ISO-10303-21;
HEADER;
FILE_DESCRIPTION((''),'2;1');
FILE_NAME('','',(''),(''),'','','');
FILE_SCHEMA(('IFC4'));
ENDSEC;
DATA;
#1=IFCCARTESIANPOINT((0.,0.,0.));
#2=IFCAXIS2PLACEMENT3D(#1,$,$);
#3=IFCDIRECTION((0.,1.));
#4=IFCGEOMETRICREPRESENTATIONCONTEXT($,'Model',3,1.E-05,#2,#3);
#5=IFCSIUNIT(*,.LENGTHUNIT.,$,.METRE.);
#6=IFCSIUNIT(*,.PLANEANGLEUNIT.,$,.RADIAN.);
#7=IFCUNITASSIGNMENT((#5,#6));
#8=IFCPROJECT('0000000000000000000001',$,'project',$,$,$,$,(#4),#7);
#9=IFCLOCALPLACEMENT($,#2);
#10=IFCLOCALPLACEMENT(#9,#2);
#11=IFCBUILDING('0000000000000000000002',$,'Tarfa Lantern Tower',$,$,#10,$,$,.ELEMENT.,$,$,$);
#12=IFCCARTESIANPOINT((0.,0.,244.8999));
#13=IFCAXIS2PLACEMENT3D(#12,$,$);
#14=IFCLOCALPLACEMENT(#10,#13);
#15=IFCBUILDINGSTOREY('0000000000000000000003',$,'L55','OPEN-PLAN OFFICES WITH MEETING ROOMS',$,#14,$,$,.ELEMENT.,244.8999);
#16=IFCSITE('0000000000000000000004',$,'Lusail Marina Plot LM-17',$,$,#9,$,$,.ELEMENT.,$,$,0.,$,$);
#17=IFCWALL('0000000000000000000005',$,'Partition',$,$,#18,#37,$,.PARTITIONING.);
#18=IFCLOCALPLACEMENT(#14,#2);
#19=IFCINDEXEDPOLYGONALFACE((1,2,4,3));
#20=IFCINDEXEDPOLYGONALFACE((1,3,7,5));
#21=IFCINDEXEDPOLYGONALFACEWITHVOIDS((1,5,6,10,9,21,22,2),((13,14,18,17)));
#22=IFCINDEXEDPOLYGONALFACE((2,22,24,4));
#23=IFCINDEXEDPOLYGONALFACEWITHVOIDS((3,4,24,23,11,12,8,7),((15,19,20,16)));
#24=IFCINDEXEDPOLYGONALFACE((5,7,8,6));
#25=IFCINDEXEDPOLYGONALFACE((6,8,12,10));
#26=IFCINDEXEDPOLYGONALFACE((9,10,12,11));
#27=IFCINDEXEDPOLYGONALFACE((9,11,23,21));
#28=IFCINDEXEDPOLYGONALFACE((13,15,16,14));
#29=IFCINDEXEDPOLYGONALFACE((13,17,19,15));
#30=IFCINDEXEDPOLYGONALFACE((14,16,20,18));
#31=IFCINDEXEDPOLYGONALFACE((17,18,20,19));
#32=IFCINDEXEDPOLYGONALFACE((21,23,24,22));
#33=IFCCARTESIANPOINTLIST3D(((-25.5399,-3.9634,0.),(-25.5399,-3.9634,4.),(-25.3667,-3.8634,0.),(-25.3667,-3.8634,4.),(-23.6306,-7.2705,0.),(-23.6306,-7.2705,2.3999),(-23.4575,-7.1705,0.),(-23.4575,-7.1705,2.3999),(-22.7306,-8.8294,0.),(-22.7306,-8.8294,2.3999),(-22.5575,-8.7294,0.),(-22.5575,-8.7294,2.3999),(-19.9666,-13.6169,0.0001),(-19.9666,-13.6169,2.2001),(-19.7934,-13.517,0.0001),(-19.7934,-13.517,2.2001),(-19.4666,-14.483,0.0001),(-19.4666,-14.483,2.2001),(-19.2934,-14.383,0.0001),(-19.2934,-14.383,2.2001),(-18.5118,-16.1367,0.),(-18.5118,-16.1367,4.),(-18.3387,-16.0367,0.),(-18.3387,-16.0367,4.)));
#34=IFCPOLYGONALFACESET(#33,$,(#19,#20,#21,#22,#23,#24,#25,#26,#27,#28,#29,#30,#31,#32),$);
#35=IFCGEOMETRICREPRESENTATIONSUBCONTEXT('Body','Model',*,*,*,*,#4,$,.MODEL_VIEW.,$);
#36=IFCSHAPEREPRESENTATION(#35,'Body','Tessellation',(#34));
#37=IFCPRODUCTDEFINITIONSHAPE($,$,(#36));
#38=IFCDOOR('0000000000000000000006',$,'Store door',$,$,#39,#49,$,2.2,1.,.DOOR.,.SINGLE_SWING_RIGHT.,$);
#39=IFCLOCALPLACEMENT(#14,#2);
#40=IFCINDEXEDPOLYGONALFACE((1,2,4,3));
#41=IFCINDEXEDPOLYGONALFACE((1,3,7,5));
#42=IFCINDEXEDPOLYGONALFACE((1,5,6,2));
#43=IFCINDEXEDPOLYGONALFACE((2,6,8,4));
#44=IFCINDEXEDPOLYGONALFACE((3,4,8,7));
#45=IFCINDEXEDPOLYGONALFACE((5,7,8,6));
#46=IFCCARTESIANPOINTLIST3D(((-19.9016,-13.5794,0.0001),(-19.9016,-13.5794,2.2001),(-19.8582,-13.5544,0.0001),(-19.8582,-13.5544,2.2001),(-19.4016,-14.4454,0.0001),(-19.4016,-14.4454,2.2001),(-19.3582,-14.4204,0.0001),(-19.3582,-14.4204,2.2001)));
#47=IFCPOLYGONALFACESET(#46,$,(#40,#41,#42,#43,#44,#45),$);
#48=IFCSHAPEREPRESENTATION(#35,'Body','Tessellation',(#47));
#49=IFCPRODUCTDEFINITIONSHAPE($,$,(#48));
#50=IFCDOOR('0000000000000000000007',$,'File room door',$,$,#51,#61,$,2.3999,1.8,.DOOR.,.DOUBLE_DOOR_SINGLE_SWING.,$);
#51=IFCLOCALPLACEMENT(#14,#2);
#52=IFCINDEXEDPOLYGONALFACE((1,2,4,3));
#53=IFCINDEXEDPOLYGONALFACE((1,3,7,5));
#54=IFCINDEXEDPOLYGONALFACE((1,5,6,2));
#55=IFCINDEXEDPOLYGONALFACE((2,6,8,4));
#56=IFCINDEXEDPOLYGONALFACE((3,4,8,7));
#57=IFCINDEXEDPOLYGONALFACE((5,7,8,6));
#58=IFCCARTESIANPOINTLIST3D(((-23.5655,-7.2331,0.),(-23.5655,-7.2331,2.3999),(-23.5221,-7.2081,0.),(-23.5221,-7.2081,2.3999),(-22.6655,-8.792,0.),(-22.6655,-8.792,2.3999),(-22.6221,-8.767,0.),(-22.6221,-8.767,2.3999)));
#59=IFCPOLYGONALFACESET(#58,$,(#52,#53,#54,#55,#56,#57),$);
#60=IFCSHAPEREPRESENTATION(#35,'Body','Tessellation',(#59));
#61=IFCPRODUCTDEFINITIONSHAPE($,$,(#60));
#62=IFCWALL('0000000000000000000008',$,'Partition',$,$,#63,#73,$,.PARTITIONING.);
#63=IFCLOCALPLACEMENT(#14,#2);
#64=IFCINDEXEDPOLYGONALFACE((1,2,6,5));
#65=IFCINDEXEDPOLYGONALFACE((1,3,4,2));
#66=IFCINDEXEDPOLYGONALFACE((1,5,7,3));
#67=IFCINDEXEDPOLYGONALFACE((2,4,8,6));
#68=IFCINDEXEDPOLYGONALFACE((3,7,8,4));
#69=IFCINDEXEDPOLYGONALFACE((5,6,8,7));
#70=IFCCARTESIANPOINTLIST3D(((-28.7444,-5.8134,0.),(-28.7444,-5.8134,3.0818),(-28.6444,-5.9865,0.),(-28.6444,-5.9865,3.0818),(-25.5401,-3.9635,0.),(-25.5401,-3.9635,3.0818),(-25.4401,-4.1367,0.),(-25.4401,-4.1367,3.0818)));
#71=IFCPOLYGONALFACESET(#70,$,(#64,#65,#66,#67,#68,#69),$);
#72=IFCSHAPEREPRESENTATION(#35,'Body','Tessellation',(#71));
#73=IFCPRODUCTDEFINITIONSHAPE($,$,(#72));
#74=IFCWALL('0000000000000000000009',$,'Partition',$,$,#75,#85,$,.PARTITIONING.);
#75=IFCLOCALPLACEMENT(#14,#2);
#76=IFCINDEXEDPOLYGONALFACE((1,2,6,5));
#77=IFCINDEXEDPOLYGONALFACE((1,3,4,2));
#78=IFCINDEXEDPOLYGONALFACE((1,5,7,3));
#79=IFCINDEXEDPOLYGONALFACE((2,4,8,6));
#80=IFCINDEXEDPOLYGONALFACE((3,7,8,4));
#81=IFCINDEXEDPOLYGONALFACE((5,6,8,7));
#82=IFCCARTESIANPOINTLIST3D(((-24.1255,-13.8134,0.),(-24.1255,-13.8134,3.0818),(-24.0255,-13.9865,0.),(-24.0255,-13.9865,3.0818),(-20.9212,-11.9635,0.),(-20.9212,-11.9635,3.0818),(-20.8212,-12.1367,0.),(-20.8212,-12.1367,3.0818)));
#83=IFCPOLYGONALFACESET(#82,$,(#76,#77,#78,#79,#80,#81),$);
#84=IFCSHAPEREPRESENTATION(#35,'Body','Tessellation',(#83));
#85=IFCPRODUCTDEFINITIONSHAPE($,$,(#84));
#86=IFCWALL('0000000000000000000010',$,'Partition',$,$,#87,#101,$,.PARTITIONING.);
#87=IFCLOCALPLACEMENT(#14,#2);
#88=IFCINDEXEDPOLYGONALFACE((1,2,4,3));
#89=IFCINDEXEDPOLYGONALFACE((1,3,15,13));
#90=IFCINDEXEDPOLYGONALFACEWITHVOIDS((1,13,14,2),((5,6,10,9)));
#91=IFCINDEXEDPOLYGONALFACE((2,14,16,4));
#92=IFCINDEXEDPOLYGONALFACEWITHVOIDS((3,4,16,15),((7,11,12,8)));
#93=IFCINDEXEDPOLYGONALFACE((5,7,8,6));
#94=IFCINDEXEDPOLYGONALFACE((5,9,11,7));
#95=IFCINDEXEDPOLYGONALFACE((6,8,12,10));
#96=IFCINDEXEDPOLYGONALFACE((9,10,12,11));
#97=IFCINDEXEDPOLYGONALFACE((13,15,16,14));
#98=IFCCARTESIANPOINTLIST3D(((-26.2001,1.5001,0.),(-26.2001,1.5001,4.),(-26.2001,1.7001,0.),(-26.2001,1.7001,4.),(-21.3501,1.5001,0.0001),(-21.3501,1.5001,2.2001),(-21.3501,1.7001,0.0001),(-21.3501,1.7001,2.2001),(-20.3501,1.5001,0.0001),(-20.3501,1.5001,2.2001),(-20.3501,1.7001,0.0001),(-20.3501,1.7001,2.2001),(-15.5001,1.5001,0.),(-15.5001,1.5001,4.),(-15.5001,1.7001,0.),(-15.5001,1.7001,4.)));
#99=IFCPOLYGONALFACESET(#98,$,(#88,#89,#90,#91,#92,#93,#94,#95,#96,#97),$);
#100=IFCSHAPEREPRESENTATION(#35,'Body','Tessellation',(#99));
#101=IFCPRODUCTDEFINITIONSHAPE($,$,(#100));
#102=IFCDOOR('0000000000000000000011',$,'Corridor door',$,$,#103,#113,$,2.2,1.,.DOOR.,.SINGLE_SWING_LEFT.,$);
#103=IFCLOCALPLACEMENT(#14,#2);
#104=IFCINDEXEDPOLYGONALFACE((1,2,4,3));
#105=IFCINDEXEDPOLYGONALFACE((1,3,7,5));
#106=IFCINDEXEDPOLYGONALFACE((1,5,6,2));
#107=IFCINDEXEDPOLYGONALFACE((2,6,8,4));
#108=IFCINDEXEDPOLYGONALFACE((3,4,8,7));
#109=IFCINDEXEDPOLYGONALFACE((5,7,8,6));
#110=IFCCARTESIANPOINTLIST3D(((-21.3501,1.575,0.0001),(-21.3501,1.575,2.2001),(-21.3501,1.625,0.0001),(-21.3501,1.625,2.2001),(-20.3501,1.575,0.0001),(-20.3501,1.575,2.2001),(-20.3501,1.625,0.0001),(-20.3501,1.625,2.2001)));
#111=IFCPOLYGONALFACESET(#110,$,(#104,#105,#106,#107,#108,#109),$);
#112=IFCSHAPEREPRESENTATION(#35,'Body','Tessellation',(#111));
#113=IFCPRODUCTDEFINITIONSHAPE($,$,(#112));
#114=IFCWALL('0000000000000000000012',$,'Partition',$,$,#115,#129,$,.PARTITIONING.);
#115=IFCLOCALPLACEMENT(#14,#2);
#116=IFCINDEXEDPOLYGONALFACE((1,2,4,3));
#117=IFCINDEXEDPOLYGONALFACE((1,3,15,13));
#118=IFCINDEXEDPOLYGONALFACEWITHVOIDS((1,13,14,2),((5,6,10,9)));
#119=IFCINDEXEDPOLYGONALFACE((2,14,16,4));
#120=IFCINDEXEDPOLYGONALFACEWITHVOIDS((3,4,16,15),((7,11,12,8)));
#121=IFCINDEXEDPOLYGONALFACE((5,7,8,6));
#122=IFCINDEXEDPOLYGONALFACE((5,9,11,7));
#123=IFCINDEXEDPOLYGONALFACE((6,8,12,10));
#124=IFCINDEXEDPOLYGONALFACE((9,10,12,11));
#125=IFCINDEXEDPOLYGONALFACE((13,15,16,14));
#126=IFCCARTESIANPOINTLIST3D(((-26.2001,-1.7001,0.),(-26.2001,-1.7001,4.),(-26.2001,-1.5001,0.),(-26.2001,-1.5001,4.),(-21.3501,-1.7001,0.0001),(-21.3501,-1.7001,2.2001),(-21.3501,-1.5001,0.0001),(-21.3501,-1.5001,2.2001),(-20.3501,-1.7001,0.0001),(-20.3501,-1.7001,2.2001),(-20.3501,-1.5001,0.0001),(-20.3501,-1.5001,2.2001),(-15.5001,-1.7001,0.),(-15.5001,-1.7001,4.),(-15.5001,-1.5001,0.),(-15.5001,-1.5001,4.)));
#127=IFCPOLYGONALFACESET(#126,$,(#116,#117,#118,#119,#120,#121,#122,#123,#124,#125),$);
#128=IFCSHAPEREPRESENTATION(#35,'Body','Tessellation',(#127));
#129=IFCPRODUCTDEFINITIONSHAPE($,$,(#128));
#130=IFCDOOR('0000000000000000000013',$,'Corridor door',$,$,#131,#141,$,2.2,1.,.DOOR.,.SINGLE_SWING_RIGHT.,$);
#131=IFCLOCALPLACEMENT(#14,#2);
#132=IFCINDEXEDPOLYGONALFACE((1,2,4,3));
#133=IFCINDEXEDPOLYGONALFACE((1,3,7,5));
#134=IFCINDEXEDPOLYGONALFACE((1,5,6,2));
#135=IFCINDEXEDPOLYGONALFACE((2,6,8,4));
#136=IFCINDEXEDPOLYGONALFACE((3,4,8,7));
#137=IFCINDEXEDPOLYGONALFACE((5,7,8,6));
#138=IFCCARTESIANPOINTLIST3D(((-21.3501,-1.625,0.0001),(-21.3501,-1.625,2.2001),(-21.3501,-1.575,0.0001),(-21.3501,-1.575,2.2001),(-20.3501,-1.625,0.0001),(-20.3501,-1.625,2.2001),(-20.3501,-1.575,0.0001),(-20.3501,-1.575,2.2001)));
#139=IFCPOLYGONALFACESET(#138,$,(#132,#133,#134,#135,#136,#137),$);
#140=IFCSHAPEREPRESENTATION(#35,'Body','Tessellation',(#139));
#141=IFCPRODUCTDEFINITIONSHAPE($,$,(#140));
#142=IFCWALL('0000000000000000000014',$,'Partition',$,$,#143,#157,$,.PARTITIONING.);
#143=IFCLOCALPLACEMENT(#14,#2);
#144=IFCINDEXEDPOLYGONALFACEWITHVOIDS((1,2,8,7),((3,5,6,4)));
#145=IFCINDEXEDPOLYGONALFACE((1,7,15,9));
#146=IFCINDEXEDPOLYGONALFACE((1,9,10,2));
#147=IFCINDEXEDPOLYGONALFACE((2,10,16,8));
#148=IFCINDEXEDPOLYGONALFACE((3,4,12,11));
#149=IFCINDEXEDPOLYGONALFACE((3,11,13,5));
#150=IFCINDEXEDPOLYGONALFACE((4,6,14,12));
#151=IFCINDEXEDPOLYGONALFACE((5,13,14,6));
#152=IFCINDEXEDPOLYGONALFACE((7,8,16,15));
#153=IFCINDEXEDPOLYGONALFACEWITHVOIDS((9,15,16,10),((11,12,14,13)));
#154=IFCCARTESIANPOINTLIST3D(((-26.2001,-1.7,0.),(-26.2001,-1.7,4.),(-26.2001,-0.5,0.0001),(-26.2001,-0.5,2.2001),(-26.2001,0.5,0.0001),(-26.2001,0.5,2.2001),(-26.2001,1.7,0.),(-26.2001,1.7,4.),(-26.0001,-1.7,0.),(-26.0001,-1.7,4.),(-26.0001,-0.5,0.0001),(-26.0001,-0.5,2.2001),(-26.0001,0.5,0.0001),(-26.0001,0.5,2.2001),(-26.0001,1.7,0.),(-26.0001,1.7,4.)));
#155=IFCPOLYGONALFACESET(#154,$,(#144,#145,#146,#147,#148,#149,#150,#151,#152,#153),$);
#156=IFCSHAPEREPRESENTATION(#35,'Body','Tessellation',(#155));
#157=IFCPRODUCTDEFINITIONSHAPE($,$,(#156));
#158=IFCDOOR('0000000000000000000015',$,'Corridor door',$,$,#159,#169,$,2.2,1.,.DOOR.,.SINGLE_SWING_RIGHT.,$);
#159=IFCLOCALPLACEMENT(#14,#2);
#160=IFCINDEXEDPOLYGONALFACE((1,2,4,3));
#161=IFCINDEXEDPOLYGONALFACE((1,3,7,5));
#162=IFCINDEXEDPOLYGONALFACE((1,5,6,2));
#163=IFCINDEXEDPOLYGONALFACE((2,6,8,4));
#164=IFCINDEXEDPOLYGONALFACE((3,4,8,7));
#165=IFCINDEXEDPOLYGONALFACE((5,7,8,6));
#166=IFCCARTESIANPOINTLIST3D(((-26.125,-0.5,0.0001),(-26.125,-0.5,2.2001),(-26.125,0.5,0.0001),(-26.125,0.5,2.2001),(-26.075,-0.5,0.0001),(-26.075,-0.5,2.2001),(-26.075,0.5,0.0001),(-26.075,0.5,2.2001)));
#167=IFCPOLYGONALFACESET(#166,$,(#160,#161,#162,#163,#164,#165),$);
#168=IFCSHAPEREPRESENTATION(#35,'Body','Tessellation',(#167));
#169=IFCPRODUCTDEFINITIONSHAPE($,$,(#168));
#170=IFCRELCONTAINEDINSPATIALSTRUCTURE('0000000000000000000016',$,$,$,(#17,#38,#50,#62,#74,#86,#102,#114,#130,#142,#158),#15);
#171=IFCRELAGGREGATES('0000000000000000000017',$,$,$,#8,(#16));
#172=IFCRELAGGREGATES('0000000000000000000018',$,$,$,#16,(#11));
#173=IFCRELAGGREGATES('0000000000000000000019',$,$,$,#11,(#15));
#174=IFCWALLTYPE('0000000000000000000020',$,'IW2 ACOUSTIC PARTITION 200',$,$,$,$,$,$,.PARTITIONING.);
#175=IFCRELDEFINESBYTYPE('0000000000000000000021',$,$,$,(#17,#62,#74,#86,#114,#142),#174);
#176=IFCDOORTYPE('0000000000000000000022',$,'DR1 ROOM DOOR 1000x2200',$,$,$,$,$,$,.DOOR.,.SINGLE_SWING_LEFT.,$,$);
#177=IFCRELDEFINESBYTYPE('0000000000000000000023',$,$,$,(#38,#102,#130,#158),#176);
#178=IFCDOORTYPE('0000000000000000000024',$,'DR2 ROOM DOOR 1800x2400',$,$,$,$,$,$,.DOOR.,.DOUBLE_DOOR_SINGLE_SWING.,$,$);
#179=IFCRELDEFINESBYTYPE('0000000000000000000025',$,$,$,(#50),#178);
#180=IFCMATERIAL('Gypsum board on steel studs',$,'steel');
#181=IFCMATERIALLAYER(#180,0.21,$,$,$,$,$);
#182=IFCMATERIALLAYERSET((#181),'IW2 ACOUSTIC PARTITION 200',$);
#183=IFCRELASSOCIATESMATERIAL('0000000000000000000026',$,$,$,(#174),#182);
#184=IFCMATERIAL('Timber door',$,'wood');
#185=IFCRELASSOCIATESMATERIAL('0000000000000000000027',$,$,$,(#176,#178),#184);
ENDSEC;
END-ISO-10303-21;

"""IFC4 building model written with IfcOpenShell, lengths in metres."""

from ifc_helpers import new_model, si_unit, direction, frame, frame_2d, origin, place, context, subcontext, project, spatial, rectangle, extrude, material, layer, layer_set, type_object, element, fill, save


model = new_model("IFC4")

# Units and contexts
model_context = context("Model", 3, precision=1e-05, world=origin(), true_north=direction((0.0, 1.0)))
body_context = subcontext(model_context, "Body", "Model", "MODEL_VIEW")
ifc_project = project(units=[si_unit("LENGTHUNIT", "METRE"), si_unit("PLANEANGLEUNIT", "RADIAN")], contexts=[model_context])

# Site, building, storey
site_placement = place(None, origin())
site = spatial("IfcSite", under=ifc_project, at=site_placement, Name="Lusail Marina Plot LM-17", CompositionType="ELEMENT", RefElevation=0.0)
building_placement = place(site_placement, origin())
building = spatial("IfcBuilding", under=site, at=building_placement, Name="Tarfa Lantern Tower", CompositionType="ELEMENT")
storey_placement = place(building_placement, frame((0.0, 0.0, 244.8999)))
storey = spatial("IfcBuildingStorey", under=building, at=storey_placement, Name="L55", Description="OPEN-PLAN OFFICES WITH MEETING ROOMS", CompositionType="ELEMENT", Elevation=244.8999)

# Wall, openings, doors
ifc_material_1 = material(Name="Gypsum board on steel studs", Category="steel")
ifc_layer_1 = layer(ifc_material_1, 0.21)
ifc_layer_set_1 = layer_set([ifc_layer_1], Name="IW2 ACOUSTIC PARTITION 200")
wall_type_1 = type_object("IfcWallType", Name="IW2 ACOUSTIC PARTITION 200", PredefinedType="PARTITIONING", material=ifc_layer_set_1)
wall_1_placement = place(storey_placement, frame((-25.4534, -3.9133, 0.0), z_axis=(0.0, 0.0, 1.0), x_axis=(0.499989, -0.866032, 0.0)))
wall_1 = element("IfcWall", 1, at=wall_1_placement, inside=storey, type_object=wall_type_1, Name="Partition", PredefinedType="PARTITIONING", context=body_context, shape_type="SweptSolid", body=[
    extrude(rectangle(XDim=14.0564, YDim=0.2, at=frame_2d((7.0283, 0.0))), origin(), (0.0, 0.0, 1.0), 4.0),
])
opening_1_placement = place(wall_1_placement, frame((3.8188, 0.0, 0.0)))
opening_1 = element("IfcOpeningElement", 2, at=opening_1_placement, cuts=wall_1, PredefinedType="OPENING", context=body_context, shape_type="SweptSolid", body=[
    extrude(rectangle(XDim=1.8, YDim=2.3999, at=frame_2d((0.8999, 1.2))), frame((0.0, 0.1099, 0.0), z_axis=(0.0, -1.0, 0.0), x_axis=(1.0, 0.0, 0.0)), (0.0, 0.0, 1.0), 0.22),
])
opening_2_placement = place(wall_1_placement, frame((11.147, 0.0, 0.0)))
opening_2 = element("IfcOpeningElement", 3, at=opening_2_placement, cuts=wall_1, PredefinedType="OPENING", context=body_context, shape_type="SweptSolid", body=[
    extrude(rectangle(XDim=1.0, YDim=2.2, at=frame_2d((0.5, 1.1001))), frame((0.0, 0.1099, 0.0), z_axis=(0.0, -1.0, 0.0), x_axis=(1.0, 0.0, 0.0)), (0.0, 0.0, 1.0), 0.22),
])
ifc_material_2 = material(Name="Timber door", Category="wood")
door_type_1 = type_object("IfcDoorType", Name="DR1 ROOM DOOR 1000x2200", OperationType="SINGLE_SWING_LEFT", PredefinedType="DOOR", material=ifc_material_2)
door_1_placement = place(opening_2_placement, frame((1.0, 0.0, 0.0), z_axis=(0.0, 0.0, 1.0), x_axis=(-1.0, 0.0, 0.0)))
door_1 = element("IfcDoor", 4, at=door_1_placement, inside=storey, type_object=door_type_1, Name="Store door", OperationType="SINGLE_SWING_RIGHT", OverallHeight=2.2, OverallWidth=1.0, PredefinedType="DOOR", context=body_context, shape_type="SweptSolid", body=[
    extrude(rectangle(XDim=1.0, YDim=2.2, at=frame_2d((0.5, 1.1001))), frame((0.0, 0.0249, 0.0), z_axis=(0.0, -1.0, 0.0), x_axis=(1.0, 0.0, 0.0)), (0.0, 0.0, 1.0), 0.05),
])
fill(opening_2, door_1)
door_type_2 = type_object("IfcDoorType", Name="DR2 ROOM DOOR 1800x2400", OperationType="DOUBLE_DOOR_SINGLE_SWING", PredefinedType="DOOR", material=ifc_material_2)
door_2_placement = place(opening_1_placement, frame((1.8, 0.0, 0.0), z_axis=(0.0, 0.0, 1.0), x_axis=(-1.0, 0.0, 0.0)))
door_2 = element("IfcDoor", 5, at=door_2_placement, inside=storey, type_object=door_type_2, Name="File room door", OperationType="DOUBLE_DOOR_SINGLE_SWING", OverallHeight=2.3999, OverallWidth=1.8, PredefinedType="DOOR", context=body_context, shape_type="SweptSolid", body=[
    extrude(rectangle(XDim=1.8, YDim=2.3999, at=frame_2d((0.8999, 1.2))), frame((0.0, 0.0249, 0.0), z_axis=(0.0, -1.0, 0.0), x_axis=(1.0, 0.0, 0.0)), (0.0, 0.0, 1.0), 0.05),
])
fill(opening_1, door_2)

# Walls
for number, where, z_axis, x_axis, name in (
    (6, (-25.49, -4.05, 0.0), (0.0, 0.0, 1.0), (-0.866046, -0.499964, 0.0), "Partition"),
    (7, (-20.8711, -12.05, 0.0), (0.0, 0.0, 1.0), (-0.866046, -0.499964, 0.0), "Partition"),
):
    element("IfcWall", number, at=place(storey_placement, frame(where, z_axis=z_axis, x_axis=x_axis)), inside=storey, type_object=wall_type_1, Name=name, PredefinedType="PARTITIONING", context=body_context, shape_type="SweptSolid", body=[
        extrude(rectangle(XDim=3.7, YDim=0.2, at=frame_2d((1.8501, 0.0))), origin(), (0.0, 0.0, 1.0), 3.0818),
    ])

# Walls, openings, doors
wall_2_placement = place(storey_placement, frame((-15.5, 1.6001, 0.0), z_axis=(0.0, 0.0, 1.0), x_axis=(-1.0, 0.0, 0.0)))
wall_2 = element("IfcWall", 8, at=wall_2_placement, inside=storey, type_object=wall_type_1, Name="Partition", PredefinedType="PARTITIONING", context=body_context, shape_type="SweptSolid", body=[
    extrude(rectangle(XDim=10.7, YDim=0.2, at=frame_2d((5.3501, 0.0))), origin(), (0.0, 0.0, 1.0), 4.0),
])
opening_3_placement = place(wall_2_placement, frame((4.8501, 0.0, 0.0)))
opening_3 = element("IfcOpeningElement", 9, at=opening_3_placement, cuts=wall_2, PredefinedType="OPENING", context=body_context, shape_type="SweptSolid", body=[
    extrude(rectangle(XDim=1.0, YDim=2.2, at=frame_2d((0.5, 1.1001))), frame((0.0, 0.1099, 0.0), z_axis=(0.0, -1.0, 0.0), x_axis=(1.0, 0.0, 0.0)), (0.0, 0.0, 1.0), 0.22),
])
door_3_placement = place(opening_3_placement, frame((1.0, 0.0, 0.0), z_axis=(0.0, 0.0, 1.0), x_axis=(-1.0, 0.0, 0.0)))
door_3 = element("IfcDoor", 10, at=door_3_placement, inside=storey, type_object=door_type_1, Name="Corridor door", OperationType="SINGLE_SWING_LEFT", OverallHeight=2.2, OverallWidth=1.0, PredefinedType="DOOR", context=body_context, shape_type="SweptSolid", body=[
    extrude(rectangle(XDim=1.0, YDim=2.2, at=frame_2d((0.5, 1.1001))), frame((0.0, 0.0249, 0.0), z_axis=(0.0, -1.0, 0.0), x_axis=(1.0, 0.0, 0.0)), (0.0, 0.0, 1.0), 0.05),
])
fill(opening_3, door_3)
wall_3_placement = place(storey_placement, frame((-15.5, -1.6001, 0.0), z_axis=(0.0, 0.0, 1.0), x_axis=(-1.0, 0.0, 0.0)))
wall_3 = element("IfcWall", 11, at=wall_3_placement, inside=storey, type_object=wall_type_1, Name="Partition", PredefinedType="PARTITIONING", context=body_context, shape_type="SweptSolid", body=[
    extrude(rectangle(XDim=10.7, YDim=0.2, at=frame_2d((5.3501, 0.0))), origin(), (0.0, 0.0, 1.0), 4.0),
])
opening_4_placement = place(wall_3_placement, frame((4.8501, 0.0, 0.0)))
opening_4 = element("IfcOpeningElement", 12, at=opening_4_placement, cuts=wall_3, PredefinedType="OPENING", context=body_context, shape_type="SweptSolid", body=[
    extrude(rectangle(XDim=1.0, YDim=2.2, at=frame_2d((0.5, 1.1001))), frame((0.0, 0.1099, 0.0), z_axis=(0.0, -1.0, 0.0), x_axis=(1.0, 0.0, 0.0)), (0.0, 0.0, 1.0), 0.22),
])
door_4_placement = place(opening_4_placement, origin())
door_4 = element("IfcDoor", 13, at=door_4_placement, inside=storey, type_object=door_type_1, Name="Corridor door", OperationType="SINGLE_SWING_RIGHT", OverallHeight=2.2, OverallWidth=1.0, PredefinedType="DOOR", context=body_context, shape_type="SweptSolid", body=[
    extrude(rectangle(XDim=1.0, YDim=2.2, at=frame_2d((0.5, 1.1001))), frame((0.0, 0.0249, 0.0), z_axis=(0.0, -1.0, 0.0), x_axis=(1.0, 0.0, 0.0)), (0.0, 0.0, 1.0), 0.05),
])
fill(opening_4, door_4)
wall_4_placement = place(storey_placement, frame((-26.1001, -1.7, 0.0), z_axis=(0.0, 0.0, 1.0), x_axis=(0.0, 1.0, 0.0)))
wall_4 = element("IfcWall", 14, at=wall_4_placement, inside=storey, type_object=wall_type_1, Name="Partition", PredefinedType="PARTITIONING", context=body_context, shape_type="SweptSolid", body=[
    extrude(rectangle(XDim=3.3999, YDim=0.2, at=frame_2d((1.7, 0.0))), origin(), (0.0, 0.0, 1.0), 4.0),
])
opening_5_placement = place(wall_4_placement, frame((1.2, 0.0, 0.0)))
opening_5 = element("IfcOpeningElement", 15, at=opening_5_placement, cuts=wall_4, PredefinedType="OPENING", context=body_context, shape_type="SweptSolid", body=[
    extrude(rectangle(XDim=1.0, YDim=2.2, at=frame_2d((0.5, 1.1001))), frame((0.0, 0.1099, 0.0), z_axis=(0.0, -1.0, 0.0), x_axis=(1.0, 0.0, 0.0)), (0.0, 0.0, 1.0), 0.22),
])
door_5_placement = place(opening_5_placement, origin())
door_5 = element("IfcDoor", 16, at=door_5_placement, inside=storey, type_object=door_type_1, Name="Corridor door", OperationType="SINGLE_SWING_RIGHT", OverallHeight=2.2, OverallWidth=1.0, PredefinedType="DOOR", context=body_context, shape_type="SweptSolid", body=[
    extrude(rectangle(XDim=1.0, YDim=2.2, at=frame_2d((0.5, 1.1001))), frame((0.0, 0.0249, 0.0), z_axis=(0.0, -1.0, 0.0), x_axis=(1.0, 0.0, 0.0)), (0.0, 0.0, 1.0), 0.05),
])
fill(opening_5, door_5)

save(model, "model.ifc")
